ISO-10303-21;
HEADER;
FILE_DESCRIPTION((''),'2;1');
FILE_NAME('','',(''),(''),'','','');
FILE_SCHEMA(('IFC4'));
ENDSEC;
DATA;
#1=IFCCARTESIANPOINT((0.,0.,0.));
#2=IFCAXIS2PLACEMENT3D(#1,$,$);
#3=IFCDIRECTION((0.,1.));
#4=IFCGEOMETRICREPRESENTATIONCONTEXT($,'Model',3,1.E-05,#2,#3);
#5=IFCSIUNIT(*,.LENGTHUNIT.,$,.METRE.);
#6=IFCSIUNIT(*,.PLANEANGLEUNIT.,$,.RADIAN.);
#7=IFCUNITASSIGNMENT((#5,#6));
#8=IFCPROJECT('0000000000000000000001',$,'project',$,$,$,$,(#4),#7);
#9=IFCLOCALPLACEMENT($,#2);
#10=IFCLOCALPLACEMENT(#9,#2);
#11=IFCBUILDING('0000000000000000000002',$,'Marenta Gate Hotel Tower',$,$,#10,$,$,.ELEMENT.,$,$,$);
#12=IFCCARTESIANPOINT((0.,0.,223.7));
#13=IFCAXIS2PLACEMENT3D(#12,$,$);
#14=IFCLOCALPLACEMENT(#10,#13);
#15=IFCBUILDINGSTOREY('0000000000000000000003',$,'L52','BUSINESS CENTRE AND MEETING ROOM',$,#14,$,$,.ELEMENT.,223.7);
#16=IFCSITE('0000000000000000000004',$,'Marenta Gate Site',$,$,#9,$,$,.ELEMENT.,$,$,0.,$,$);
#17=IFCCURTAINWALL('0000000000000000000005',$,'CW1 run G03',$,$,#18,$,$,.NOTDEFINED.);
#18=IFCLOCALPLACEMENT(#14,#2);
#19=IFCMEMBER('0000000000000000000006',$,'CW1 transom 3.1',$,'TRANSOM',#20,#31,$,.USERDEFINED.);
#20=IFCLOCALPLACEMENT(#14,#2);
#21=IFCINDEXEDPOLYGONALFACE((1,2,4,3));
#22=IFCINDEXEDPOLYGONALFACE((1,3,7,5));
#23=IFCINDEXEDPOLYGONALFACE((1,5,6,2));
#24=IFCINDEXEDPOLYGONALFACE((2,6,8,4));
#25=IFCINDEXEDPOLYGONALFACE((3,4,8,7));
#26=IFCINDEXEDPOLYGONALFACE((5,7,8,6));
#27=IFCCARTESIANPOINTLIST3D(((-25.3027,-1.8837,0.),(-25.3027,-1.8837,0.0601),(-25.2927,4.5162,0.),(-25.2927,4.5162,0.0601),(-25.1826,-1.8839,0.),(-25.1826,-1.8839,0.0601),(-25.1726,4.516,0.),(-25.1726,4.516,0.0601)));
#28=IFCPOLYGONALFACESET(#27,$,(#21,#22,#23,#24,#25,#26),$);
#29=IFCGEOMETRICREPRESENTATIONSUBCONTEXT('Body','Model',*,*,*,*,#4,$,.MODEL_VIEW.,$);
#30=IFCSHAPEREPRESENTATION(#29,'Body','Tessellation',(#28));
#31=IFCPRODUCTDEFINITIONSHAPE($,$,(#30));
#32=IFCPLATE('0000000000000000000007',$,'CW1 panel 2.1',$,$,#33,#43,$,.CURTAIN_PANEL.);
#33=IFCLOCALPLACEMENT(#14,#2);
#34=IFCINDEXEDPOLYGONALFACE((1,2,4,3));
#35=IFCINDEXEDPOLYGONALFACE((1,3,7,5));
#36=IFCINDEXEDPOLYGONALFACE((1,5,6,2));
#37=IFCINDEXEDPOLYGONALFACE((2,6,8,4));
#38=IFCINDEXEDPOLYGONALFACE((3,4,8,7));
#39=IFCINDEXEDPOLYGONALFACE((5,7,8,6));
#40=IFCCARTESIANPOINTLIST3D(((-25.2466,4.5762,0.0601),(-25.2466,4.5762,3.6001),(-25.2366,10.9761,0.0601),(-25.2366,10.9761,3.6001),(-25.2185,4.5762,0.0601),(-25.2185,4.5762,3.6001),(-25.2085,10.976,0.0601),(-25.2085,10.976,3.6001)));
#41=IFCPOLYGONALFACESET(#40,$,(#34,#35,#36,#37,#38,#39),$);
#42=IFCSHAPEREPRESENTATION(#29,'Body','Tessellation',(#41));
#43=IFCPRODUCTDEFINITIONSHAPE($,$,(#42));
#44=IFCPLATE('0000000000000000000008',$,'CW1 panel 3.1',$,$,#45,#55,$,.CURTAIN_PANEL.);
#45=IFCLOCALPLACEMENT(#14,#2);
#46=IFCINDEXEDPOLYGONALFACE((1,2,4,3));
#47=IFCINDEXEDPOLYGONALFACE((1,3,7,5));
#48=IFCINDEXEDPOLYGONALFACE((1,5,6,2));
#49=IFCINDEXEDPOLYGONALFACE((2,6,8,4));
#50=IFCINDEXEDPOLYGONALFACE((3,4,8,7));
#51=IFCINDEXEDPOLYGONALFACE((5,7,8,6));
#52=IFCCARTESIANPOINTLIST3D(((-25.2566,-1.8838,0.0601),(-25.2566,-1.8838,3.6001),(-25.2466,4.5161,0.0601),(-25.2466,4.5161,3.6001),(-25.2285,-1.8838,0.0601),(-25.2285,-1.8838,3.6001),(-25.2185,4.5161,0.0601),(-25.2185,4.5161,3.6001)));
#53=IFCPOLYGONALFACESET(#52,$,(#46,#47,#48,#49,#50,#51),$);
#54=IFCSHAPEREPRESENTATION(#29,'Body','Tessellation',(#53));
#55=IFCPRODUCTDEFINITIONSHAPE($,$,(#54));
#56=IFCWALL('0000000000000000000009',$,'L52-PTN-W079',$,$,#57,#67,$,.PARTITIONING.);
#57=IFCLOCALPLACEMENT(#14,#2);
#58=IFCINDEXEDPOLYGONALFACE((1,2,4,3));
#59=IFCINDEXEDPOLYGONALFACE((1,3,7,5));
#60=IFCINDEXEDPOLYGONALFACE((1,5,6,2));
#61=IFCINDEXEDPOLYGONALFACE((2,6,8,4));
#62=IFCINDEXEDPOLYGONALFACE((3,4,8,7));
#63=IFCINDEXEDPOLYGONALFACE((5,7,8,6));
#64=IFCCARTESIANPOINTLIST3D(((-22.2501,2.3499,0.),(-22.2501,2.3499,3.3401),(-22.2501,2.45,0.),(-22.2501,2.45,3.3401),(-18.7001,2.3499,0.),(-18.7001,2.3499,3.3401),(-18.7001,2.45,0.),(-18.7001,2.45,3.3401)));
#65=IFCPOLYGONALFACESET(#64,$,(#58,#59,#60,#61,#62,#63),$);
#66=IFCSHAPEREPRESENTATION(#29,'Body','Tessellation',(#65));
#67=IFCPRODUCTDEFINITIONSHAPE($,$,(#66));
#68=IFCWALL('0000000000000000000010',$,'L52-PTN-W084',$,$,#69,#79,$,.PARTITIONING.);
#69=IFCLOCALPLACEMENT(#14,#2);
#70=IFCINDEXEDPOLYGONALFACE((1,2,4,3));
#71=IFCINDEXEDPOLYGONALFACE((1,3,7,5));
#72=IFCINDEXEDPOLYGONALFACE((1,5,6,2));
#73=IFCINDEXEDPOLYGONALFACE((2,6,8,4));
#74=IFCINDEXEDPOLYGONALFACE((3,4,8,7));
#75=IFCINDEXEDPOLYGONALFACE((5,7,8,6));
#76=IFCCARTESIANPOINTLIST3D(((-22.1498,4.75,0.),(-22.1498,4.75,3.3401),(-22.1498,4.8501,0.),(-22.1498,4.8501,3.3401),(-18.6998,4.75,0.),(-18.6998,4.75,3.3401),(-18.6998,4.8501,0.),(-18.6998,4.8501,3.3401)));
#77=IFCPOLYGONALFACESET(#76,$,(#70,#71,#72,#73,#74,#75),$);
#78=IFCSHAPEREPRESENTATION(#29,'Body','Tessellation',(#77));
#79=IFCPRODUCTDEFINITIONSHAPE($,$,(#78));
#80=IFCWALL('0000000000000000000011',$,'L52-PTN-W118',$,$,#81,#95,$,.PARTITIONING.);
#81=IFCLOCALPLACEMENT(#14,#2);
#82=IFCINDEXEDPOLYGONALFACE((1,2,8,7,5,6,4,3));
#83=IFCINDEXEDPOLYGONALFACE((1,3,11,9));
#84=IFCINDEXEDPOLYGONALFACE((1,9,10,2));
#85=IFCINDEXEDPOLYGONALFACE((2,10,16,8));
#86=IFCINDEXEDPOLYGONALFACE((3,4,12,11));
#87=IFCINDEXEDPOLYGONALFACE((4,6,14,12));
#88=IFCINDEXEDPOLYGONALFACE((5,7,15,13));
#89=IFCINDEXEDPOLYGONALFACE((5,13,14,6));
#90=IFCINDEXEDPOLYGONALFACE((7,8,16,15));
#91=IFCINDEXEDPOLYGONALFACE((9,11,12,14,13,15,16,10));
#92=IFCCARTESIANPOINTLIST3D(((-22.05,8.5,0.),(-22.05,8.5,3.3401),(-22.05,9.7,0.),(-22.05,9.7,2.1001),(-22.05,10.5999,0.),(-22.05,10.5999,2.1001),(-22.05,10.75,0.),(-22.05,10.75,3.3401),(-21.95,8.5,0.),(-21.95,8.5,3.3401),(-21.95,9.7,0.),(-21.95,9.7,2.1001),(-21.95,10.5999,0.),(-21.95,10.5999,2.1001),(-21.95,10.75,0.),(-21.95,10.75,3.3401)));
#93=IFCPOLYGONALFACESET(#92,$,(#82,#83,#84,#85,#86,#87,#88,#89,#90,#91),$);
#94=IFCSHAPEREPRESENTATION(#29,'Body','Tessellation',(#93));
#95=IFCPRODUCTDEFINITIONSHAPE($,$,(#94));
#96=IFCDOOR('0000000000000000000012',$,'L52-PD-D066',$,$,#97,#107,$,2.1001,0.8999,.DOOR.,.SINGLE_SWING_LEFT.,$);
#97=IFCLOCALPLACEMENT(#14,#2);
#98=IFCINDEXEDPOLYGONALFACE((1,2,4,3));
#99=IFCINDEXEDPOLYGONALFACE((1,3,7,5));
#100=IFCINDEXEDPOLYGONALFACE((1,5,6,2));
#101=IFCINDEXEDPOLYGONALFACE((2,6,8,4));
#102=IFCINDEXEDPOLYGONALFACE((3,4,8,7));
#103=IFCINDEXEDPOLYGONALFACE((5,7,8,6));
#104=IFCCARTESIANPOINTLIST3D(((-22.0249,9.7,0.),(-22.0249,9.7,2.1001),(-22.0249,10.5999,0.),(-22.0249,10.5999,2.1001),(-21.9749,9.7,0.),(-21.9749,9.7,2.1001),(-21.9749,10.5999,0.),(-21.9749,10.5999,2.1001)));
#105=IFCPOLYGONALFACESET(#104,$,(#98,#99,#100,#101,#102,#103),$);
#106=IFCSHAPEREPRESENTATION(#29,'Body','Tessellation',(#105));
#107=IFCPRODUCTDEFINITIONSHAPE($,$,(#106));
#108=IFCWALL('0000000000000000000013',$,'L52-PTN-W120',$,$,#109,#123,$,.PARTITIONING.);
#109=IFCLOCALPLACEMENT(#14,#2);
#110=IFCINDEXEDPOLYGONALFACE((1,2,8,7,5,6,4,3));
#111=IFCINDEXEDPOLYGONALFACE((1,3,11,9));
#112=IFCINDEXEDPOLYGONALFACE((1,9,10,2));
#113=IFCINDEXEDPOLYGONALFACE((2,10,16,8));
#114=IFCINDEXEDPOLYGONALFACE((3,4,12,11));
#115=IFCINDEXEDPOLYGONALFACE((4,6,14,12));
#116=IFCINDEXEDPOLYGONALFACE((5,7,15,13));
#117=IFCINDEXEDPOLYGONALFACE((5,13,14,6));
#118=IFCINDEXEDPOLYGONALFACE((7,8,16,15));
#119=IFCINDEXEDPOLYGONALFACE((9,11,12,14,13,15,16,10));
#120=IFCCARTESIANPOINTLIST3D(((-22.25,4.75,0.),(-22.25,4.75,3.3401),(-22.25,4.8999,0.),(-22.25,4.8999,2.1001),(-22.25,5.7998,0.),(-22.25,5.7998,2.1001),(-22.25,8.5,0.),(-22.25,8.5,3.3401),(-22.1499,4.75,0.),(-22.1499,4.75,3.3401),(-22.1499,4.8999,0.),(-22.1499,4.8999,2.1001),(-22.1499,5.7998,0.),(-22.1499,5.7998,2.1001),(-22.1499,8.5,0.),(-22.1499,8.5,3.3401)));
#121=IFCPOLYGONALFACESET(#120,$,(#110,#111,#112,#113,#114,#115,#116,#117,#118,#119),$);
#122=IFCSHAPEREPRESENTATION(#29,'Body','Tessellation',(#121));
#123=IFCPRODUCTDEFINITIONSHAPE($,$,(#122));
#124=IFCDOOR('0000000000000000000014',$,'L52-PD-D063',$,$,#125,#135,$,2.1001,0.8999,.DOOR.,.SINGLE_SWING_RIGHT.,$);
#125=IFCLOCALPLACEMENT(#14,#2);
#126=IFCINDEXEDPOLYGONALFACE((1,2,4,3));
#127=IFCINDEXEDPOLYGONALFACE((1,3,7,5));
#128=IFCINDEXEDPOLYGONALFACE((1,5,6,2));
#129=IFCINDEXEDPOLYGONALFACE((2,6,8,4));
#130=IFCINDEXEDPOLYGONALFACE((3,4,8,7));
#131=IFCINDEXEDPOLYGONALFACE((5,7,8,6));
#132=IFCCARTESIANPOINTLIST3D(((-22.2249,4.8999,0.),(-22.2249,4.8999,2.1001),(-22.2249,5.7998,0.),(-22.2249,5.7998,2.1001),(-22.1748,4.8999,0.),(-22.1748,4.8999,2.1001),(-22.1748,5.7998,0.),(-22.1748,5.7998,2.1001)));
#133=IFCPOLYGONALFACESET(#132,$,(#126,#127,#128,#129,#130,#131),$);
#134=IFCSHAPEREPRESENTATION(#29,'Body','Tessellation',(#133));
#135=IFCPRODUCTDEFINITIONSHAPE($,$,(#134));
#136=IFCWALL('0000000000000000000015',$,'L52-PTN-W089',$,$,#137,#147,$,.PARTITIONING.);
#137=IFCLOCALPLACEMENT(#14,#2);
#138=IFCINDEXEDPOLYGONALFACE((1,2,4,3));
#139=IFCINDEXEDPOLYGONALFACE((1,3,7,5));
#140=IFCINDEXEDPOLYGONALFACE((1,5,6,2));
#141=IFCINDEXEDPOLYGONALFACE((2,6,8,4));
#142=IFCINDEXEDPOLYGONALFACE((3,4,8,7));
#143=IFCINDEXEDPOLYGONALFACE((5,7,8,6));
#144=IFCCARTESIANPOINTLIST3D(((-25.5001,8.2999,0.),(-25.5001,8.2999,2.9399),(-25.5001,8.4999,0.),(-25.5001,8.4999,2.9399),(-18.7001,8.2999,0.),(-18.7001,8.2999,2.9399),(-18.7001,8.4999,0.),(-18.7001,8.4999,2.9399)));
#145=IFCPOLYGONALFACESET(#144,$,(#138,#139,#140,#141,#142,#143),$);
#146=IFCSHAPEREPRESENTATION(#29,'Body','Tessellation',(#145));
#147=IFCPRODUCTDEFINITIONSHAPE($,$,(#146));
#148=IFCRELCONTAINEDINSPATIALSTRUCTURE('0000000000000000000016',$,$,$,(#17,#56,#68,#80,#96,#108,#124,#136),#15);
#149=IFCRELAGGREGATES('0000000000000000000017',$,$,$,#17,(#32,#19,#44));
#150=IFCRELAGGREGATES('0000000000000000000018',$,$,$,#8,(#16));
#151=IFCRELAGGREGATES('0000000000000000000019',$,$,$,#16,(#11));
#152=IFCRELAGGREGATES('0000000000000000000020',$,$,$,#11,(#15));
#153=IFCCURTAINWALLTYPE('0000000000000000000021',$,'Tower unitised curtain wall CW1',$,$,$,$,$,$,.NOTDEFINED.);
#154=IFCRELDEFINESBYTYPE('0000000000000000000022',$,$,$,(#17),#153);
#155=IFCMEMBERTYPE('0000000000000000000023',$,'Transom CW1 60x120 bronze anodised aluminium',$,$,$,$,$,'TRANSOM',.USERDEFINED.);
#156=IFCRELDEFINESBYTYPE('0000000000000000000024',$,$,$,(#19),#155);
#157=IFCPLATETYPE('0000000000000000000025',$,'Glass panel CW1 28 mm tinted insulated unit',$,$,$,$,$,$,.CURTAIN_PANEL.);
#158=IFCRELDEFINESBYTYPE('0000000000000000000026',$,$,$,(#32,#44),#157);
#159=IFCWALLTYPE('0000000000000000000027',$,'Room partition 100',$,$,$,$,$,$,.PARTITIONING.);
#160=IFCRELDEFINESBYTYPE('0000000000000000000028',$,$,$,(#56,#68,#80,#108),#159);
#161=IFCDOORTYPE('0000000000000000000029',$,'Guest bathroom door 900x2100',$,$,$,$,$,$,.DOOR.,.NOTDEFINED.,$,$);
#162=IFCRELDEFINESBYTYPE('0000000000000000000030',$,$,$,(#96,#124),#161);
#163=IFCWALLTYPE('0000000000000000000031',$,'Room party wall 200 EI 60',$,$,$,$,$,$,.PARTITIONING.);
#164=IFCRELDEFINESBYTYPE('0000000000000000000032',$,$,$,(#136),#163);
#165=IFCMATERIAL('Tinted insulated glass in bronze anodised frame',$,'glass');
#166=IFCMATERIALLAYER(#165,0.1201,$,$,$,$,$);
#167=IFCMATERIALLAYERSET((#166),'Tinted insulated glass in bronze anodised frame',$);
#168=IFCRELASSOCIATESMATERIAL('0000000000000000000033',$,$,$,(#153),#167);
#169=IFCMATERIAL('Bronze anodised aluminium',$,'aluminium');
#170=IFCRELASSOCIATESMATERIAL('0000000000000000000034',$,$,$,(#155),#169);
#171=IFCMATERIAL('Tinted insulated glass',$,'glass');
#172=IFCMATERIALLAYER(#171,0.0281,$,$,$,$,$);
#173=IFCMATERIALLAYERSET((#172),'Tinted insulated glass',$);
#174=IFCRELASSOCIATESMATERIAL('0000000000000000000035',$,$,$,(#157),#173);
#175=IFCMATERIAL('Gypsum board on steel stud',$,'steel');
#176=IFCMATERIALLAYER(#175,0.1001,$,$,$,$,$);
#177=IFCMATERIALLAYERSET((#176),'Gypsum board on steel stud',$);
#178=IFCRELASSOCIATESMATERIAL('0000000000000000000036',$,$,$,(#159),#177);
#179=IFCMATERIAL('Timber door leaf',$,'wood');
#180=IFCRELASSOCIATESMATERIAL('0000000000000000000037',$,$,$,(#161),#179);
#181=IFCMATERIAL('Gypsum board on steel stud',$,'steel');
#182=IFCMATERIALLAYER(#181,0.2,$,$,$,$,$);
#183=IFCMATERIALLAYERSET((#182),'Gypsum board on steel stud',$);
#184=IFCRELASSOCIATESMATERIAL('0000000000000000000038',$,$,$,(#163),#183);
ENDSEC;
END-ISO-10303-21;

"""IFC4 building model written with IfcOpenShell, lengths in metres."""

from ifc_helpers import new_model, si_unit, direction, frame, frame_2d, origin, origin_2d, place, context, subcontext, project, spatial, rectangle, extrude, material, layer, layer_set, material_profile, profile_set, type_object, element, fill, aggregate, save


model = new_model("IFC4")

# Units and contexts
model_context = context("Model", 3, precision=1e-05, world=origin(), true_north=direction((0.0, 1.0)))
body_context = subcontext(model_context, "Body", "Model", "MODEL_VIEW")
ifc_project = project(units=[si_unit("LENGTHUNIT", "METRE"), si_unit("PLANEANGLEUNIT", "RADIAN")], contexts=[model_context])

# Site, building, storey
site_placement = place(None, origin())
site = spatial("IfcSite", under=ifc_project, at=site_placement, Name="Marenta Gate Site", CompositionType="ELEMENT", RefElevation=0.0)
building_placement = place(site_placement, origin())
building = spatial("IfcBuilding", under=site, at=building_placement, Name="Marenta Gate Hotel Tower", CompositionType="ELEMENT")
storey_placement = place(building_placement, frame((0.0, 0.0, 223.7)))
storey = spatial("IfcBuildingStorey", under=building, at=storey_placement, Name="L52", Description="BUSINESS CENTRE AND MEETING ROOM", CompositionType="ELEMENT", Elevation=223.7)

# Curtain wall, member, plates
ifc_material_1 = material(Name="Tinted insulated glass in bronze anodised frame", Category="glass")
ifc_layer_1 = layer(ifc_material_1, 0.1201)
ifc_layer_set_1 = layer_set([ifc_layer_1], Name="Tinted insulated glass in bronze anodised frame")
curtain_wall_type = type_object("IfcCurtainWallType", Name="Tower unitised curtain wall CW1", PredefinedType="NOTDEFINED", material=ifc_layer_set_1)
curtain_wall_placement = place(storey_placement, origin())
curtain_wall = element("IfcCurtainWall", 1, at=curtain_wall_placement, inside=storey, type_object=curtain_wall_type, Name="CW1 run G03", PredefinedType="NOTDEFINED")
ifc_material_2 = material(Name="Bronze anodised aluminium", Category="aluminium")
ifc_material_profile_1 = material_profile(ifc_material_2, rectangle(XDim=0.1201, YDim=0.0601, at=origin_2d()), Name="Transom CW1 60x120 bronze anodised aluminium")
ifc_profile_set_1 = profile_set([ifc_material_profile_1], Name="Bronze anodised aluminium")
member_type_1 = type_object("IfcMemberType", Name="Transom CW1 60x120 bronze anodised aluminium", ElementType="TRANSOM", PredefinedType="USERDEFINED", material=ifc_profile_set_1)
member_1_placement = place(storey_placement, frame((-25.2327, 4.5161, 0.03), z_axis=(-0.001564, -0.999999, 0.0), x_axis=(0.999999, -0.001564, 0.0)))
member_1 = element("IfcMember", 2, at=member_1_placement, type_object=member_type_1, Name="CW1 transom 3.1", ObjectType="TRANSOM", PredefinedType="USERDEFINED", context=body_context, shape_type="SweptSolid", body=[
    extrude(rectangle(XDim=0.1201, YDim=0.0601, at=origin_2d()), origin(), (0.0, 0.0, 1.0), 6.3999),
])
ifc_material_3 = material(Name="Tinted insulated glass", Category="glass")
ifc_layer_2 = layer(ifc_material_3, 0.0281)
ifc_layer_set_2 = layer_set([ifc_layer_2], Name="Tinted insulated glass")
plate_type = type_object("IfcPlateType", Name="Glass panel CW1 28 mm tinted insulated unit", PredefinedType="CURTAIN_PANEL", material=ifc_layer_set_2)
plate_1_placement = place(storey_placement, frame((-25.2275, 7.7761, 0.0601), z_axis=(0.0, 0.0, 1.0), x_axis=(-0.001566, -0.999999, 0.0)))
plate_1 = element("IfcPlate", 3, at=plate_1_placement, type_object=plate_type, Name="CW1 panel 2.1", PredefinedType="CURTAIN_PANEL", context=body_context, shape_type="SweptSolid", body=[
    extrude(rectangle(XDim=6.3999, YDim=0.0281, at=origin_2d()), origin(), (0.0, 0.0, 1.0), 3.54),
])
plate_2_placement = place(storey_placement, frame((-25.2375, 1.3162, 0.0601), z_axis=(0.0, 0.0, 1.0), x_axis=(-0.001566, -0.999999, 0.0)))
plate_2 = element("IfcPlate", 4, at=plate_2_placement, type_object=plate_type, Name="CW1 panel 3.1", PredefinedType="CURTAIN_PANEL", context=body_context, shape_type="SweptSolid", body=[
    extrude(rectangle(XDim=6.3999, YDim=0.0281, at=origin_2d()), origin(), (0.0, 0.0, 1.0), 3.54),
])
aggregate(curtain_wall, [plate_1, member_1, plate_2])

# Walls
ifc_material_4 = material(Name="Gypsum board on steel stud", Category="steel")
ifc_layer_3 = layer(ifc_material_4, 0.1001)
ifc_layer_set_3 = layer_set([ifc_layer_3], Name="Gypsum board on steel stud")
wall_type_1 = type_object("IfcWallType", Name="Room partition 100", PredefinedType="PARTITIONING", material=ifc_layer_set_3)
wall_1_placement = place(storey_placement, frame((-22.25, 2.3999, 0.0), z_axis=(0.0, 0.0, 1.0), x_axis=(1.0, 0.0, 0.0)))
element("IfcWall", 5, at=wall_1_placement, inside=storey, type_object=wall_type_1, Name="L52-PTN-W079", PredefinedType="PARTITIONING", context=body_context, shape_type="SweptSolid", body=[
    extrude(rectangle(XDim=3.55, YDim=0.1001, at=frame_2d((1.7749, 0.0))), origin(), (0.0, 0.0, 1.0), 3.3401),
])
wall_2_placement = place(storey_placement, frame((-22.1499, 4.8, 0.0), z_axis=(0.0, 0.0, 1.0), x_axis=(1.0, 0.0, 0.0)))
element("IfcWall", 6, at=wall_2_placement, inside=storey, type_object=wall_type_1, Name="L52-PTN-W084", PredefinedType="PARTITIONING", context=body_context, shape_type="SweptSolid", body=[
    extrude(rectangle(XDim=3.45, YDim=0.1001, at=frame_2d((1.7251, 0.0))), origin(), (0.0, 0.0, 1.0), 3.3401),
])

# Walls, openings, doors
wall_3_placement = place(storey_placement, frame((-22.0, 8.5, 0.0), z_axis=(0.0, 0.0, 1.0), x_axis=(0.0, 1.0, 0.0)))
wall_3 = element("IfcWall", 7, at=wall_3_placement, inside=storey, type_object=wall_type_1, Name="L52-PTN-W118", PredefinedType="PARTITIONING", context=body_context, shape_type="SweptSolid", body=[
    extrude(rectangle(XDim=2.25, YDim=0.1001, at=frame_2d((1.125, 0.0))), origin(), (0.0, 0.0, 1.0), 3.3401),
])
opening_1_placement = place(wall_3_placement, frame((1.2, 0.0, 0.0)))
opening_1 = element("IfcOpeningElement", 8, at=opening_1_placement, cuts=wall_3, PredefinedType="OPENING", context=body_context, shape_type="SweptSolid", body=[
    extrude(rectangle(XDim=0.8999, YDim=2.1001, at=frame_2d((0.45, 1.05))), frame((0.0, 0.05, 0.0), z_axis=(0.0, -1.0, 0.0), x_axis=(1.0, 0.0, 0.0)), (0.0, 0.0, 1.0), 0.1001),
])
ifc_material_5 = material(Name="Timber door leaf", Category="wood")
door_type = type_object("IfcDoorType", Name="Guest bathroom door 900x2100", OperationType="NOTDEFINED", PredefinedType="DOOR", material=ifc_material_5)
door_1_placement = place(opening_1_placement, origin())
door_1 = element("IfcDoor", 9, at=door_1_placement, inside=storey, type_object=door_type, Name="L52-PD-D066", OperationType="SINGLE_SWING_LEFT", OverallHeight=2.1001, OverallWidth=0.8999, PredefinedType="DOOR", context=body_context, shape_type="SweptSolid", body=[
    extrude(rectangle(XDim=0.8999, YDim=2.1001, at=frame_2d((0.45, 1.05))), frame((0.0, 0.0249, 0.0), z_axis=(0.0, -1.0, 0.0), x_axis=(1.0, 0.0, 0.0)), (0.0, 0.0, 1.0), 0.05),
])
fill(opening_1, door_1)
wall_4_placement = place(storey_placement, frame((-22.2, 4.75, 0.0), z_axis=(0.0, 0.0, 1.0), x_axis=(0.0, 1.0, 0.0)))
wall_4 = element("IfcWall", 10, at=wall_4_placement, inside=storey, type_object=wall_type_1, Name="L52-PTN-W120", PredefinedType="PARTITIONING", context=body_context, shape_type="SweptSolid", body=[
    extrude(rectangle(XDim=3.75, YDim=0.1001, at=frame_2d((1.875, 0.0))), origin(), (0.0, 0.0, 1.0), 3.3401),
])
opening_2_placement = place(wall_4_placement, frame((0.1499, 0.0, 0.0)))
opening_2 = element("IfcOpeningElement", 11, at=opening_2_placement, cuts=wall_4, PredefinedType="OPENING", context=body_context, shape_type="SweptSolid", body=[
    extrude(rectangle(XDim=0.8999, YDim=2.1001, at=frame_2d((0.45, 1.05))), frame((0.0, 0.05, 0.0), z_axis=(0.0, -1.0, 0.0), x_axis=(1.0, 0.0, 0.0)), (0.0, 0.0, 1.0), 0.1001),
])
door_2_placement = place(opening_2_placement, origin())
door_2 = element("IfcDoor", 12, at=door_2_placement, inside=storey, type_object=door_type, Name="L52-PD-D063", OperationType="SINGLE_SWING_RIGHT", OverallHeight=2.1001, OverallWidth=0.8999, PredefinedType="DOOR", context=body_context, shape_type="SweptSolid", body=[
    extrude(rectangle(XDim=0.8999, YDim=2.1001, at=frame_2d((0.45, 1.05))), frame((0.0, 0.0249, 0.0), z_axis=(0.0, -1.0, 0.0), x_axis=(1.0, 0.0, 0.0)), (0.0, 0.0, 1.0), 0.05),
])
fill(opening_2, door_2)

# Wall
ifc_material_6 = material(Name="Gypsum board on steel stud", Category="steel")
ifc_layer_4 = layer(ifc_material_6, 0.2)
ifc_layer_set_4 = layer_set([ifc_layer_4], Name="Gypsum board on steel stud")
wall_type_2 = type_object("IfcWallType", Name="Room party wall 200 EI 60", PredefinedType="PARTITIONING", material=ifc_layer_set_4)
wall_5_placement = place(storey_placement, frame((-25.5, 8.3999, 0.0), z_axis=(0.0, 0.0, 1.0), x_axis=(1.0, 0.0, 0.0)))
element("IfcWall", 13, at=wall_5_placement, inside=storey, type_object=wall_type_2, Name="L52-PTN-W089", PredefinedType="PARTITIONING", context=body_context, shape_type="SweptSolid", body=[
    extrude(rectangle(XDim=6.8, YDim=0.2, at=frame_2d((3.3999, 0.0))), origin(), (0.0, 0.0, 1.0), 2.9399),
])

save(model, "model.ifc")
